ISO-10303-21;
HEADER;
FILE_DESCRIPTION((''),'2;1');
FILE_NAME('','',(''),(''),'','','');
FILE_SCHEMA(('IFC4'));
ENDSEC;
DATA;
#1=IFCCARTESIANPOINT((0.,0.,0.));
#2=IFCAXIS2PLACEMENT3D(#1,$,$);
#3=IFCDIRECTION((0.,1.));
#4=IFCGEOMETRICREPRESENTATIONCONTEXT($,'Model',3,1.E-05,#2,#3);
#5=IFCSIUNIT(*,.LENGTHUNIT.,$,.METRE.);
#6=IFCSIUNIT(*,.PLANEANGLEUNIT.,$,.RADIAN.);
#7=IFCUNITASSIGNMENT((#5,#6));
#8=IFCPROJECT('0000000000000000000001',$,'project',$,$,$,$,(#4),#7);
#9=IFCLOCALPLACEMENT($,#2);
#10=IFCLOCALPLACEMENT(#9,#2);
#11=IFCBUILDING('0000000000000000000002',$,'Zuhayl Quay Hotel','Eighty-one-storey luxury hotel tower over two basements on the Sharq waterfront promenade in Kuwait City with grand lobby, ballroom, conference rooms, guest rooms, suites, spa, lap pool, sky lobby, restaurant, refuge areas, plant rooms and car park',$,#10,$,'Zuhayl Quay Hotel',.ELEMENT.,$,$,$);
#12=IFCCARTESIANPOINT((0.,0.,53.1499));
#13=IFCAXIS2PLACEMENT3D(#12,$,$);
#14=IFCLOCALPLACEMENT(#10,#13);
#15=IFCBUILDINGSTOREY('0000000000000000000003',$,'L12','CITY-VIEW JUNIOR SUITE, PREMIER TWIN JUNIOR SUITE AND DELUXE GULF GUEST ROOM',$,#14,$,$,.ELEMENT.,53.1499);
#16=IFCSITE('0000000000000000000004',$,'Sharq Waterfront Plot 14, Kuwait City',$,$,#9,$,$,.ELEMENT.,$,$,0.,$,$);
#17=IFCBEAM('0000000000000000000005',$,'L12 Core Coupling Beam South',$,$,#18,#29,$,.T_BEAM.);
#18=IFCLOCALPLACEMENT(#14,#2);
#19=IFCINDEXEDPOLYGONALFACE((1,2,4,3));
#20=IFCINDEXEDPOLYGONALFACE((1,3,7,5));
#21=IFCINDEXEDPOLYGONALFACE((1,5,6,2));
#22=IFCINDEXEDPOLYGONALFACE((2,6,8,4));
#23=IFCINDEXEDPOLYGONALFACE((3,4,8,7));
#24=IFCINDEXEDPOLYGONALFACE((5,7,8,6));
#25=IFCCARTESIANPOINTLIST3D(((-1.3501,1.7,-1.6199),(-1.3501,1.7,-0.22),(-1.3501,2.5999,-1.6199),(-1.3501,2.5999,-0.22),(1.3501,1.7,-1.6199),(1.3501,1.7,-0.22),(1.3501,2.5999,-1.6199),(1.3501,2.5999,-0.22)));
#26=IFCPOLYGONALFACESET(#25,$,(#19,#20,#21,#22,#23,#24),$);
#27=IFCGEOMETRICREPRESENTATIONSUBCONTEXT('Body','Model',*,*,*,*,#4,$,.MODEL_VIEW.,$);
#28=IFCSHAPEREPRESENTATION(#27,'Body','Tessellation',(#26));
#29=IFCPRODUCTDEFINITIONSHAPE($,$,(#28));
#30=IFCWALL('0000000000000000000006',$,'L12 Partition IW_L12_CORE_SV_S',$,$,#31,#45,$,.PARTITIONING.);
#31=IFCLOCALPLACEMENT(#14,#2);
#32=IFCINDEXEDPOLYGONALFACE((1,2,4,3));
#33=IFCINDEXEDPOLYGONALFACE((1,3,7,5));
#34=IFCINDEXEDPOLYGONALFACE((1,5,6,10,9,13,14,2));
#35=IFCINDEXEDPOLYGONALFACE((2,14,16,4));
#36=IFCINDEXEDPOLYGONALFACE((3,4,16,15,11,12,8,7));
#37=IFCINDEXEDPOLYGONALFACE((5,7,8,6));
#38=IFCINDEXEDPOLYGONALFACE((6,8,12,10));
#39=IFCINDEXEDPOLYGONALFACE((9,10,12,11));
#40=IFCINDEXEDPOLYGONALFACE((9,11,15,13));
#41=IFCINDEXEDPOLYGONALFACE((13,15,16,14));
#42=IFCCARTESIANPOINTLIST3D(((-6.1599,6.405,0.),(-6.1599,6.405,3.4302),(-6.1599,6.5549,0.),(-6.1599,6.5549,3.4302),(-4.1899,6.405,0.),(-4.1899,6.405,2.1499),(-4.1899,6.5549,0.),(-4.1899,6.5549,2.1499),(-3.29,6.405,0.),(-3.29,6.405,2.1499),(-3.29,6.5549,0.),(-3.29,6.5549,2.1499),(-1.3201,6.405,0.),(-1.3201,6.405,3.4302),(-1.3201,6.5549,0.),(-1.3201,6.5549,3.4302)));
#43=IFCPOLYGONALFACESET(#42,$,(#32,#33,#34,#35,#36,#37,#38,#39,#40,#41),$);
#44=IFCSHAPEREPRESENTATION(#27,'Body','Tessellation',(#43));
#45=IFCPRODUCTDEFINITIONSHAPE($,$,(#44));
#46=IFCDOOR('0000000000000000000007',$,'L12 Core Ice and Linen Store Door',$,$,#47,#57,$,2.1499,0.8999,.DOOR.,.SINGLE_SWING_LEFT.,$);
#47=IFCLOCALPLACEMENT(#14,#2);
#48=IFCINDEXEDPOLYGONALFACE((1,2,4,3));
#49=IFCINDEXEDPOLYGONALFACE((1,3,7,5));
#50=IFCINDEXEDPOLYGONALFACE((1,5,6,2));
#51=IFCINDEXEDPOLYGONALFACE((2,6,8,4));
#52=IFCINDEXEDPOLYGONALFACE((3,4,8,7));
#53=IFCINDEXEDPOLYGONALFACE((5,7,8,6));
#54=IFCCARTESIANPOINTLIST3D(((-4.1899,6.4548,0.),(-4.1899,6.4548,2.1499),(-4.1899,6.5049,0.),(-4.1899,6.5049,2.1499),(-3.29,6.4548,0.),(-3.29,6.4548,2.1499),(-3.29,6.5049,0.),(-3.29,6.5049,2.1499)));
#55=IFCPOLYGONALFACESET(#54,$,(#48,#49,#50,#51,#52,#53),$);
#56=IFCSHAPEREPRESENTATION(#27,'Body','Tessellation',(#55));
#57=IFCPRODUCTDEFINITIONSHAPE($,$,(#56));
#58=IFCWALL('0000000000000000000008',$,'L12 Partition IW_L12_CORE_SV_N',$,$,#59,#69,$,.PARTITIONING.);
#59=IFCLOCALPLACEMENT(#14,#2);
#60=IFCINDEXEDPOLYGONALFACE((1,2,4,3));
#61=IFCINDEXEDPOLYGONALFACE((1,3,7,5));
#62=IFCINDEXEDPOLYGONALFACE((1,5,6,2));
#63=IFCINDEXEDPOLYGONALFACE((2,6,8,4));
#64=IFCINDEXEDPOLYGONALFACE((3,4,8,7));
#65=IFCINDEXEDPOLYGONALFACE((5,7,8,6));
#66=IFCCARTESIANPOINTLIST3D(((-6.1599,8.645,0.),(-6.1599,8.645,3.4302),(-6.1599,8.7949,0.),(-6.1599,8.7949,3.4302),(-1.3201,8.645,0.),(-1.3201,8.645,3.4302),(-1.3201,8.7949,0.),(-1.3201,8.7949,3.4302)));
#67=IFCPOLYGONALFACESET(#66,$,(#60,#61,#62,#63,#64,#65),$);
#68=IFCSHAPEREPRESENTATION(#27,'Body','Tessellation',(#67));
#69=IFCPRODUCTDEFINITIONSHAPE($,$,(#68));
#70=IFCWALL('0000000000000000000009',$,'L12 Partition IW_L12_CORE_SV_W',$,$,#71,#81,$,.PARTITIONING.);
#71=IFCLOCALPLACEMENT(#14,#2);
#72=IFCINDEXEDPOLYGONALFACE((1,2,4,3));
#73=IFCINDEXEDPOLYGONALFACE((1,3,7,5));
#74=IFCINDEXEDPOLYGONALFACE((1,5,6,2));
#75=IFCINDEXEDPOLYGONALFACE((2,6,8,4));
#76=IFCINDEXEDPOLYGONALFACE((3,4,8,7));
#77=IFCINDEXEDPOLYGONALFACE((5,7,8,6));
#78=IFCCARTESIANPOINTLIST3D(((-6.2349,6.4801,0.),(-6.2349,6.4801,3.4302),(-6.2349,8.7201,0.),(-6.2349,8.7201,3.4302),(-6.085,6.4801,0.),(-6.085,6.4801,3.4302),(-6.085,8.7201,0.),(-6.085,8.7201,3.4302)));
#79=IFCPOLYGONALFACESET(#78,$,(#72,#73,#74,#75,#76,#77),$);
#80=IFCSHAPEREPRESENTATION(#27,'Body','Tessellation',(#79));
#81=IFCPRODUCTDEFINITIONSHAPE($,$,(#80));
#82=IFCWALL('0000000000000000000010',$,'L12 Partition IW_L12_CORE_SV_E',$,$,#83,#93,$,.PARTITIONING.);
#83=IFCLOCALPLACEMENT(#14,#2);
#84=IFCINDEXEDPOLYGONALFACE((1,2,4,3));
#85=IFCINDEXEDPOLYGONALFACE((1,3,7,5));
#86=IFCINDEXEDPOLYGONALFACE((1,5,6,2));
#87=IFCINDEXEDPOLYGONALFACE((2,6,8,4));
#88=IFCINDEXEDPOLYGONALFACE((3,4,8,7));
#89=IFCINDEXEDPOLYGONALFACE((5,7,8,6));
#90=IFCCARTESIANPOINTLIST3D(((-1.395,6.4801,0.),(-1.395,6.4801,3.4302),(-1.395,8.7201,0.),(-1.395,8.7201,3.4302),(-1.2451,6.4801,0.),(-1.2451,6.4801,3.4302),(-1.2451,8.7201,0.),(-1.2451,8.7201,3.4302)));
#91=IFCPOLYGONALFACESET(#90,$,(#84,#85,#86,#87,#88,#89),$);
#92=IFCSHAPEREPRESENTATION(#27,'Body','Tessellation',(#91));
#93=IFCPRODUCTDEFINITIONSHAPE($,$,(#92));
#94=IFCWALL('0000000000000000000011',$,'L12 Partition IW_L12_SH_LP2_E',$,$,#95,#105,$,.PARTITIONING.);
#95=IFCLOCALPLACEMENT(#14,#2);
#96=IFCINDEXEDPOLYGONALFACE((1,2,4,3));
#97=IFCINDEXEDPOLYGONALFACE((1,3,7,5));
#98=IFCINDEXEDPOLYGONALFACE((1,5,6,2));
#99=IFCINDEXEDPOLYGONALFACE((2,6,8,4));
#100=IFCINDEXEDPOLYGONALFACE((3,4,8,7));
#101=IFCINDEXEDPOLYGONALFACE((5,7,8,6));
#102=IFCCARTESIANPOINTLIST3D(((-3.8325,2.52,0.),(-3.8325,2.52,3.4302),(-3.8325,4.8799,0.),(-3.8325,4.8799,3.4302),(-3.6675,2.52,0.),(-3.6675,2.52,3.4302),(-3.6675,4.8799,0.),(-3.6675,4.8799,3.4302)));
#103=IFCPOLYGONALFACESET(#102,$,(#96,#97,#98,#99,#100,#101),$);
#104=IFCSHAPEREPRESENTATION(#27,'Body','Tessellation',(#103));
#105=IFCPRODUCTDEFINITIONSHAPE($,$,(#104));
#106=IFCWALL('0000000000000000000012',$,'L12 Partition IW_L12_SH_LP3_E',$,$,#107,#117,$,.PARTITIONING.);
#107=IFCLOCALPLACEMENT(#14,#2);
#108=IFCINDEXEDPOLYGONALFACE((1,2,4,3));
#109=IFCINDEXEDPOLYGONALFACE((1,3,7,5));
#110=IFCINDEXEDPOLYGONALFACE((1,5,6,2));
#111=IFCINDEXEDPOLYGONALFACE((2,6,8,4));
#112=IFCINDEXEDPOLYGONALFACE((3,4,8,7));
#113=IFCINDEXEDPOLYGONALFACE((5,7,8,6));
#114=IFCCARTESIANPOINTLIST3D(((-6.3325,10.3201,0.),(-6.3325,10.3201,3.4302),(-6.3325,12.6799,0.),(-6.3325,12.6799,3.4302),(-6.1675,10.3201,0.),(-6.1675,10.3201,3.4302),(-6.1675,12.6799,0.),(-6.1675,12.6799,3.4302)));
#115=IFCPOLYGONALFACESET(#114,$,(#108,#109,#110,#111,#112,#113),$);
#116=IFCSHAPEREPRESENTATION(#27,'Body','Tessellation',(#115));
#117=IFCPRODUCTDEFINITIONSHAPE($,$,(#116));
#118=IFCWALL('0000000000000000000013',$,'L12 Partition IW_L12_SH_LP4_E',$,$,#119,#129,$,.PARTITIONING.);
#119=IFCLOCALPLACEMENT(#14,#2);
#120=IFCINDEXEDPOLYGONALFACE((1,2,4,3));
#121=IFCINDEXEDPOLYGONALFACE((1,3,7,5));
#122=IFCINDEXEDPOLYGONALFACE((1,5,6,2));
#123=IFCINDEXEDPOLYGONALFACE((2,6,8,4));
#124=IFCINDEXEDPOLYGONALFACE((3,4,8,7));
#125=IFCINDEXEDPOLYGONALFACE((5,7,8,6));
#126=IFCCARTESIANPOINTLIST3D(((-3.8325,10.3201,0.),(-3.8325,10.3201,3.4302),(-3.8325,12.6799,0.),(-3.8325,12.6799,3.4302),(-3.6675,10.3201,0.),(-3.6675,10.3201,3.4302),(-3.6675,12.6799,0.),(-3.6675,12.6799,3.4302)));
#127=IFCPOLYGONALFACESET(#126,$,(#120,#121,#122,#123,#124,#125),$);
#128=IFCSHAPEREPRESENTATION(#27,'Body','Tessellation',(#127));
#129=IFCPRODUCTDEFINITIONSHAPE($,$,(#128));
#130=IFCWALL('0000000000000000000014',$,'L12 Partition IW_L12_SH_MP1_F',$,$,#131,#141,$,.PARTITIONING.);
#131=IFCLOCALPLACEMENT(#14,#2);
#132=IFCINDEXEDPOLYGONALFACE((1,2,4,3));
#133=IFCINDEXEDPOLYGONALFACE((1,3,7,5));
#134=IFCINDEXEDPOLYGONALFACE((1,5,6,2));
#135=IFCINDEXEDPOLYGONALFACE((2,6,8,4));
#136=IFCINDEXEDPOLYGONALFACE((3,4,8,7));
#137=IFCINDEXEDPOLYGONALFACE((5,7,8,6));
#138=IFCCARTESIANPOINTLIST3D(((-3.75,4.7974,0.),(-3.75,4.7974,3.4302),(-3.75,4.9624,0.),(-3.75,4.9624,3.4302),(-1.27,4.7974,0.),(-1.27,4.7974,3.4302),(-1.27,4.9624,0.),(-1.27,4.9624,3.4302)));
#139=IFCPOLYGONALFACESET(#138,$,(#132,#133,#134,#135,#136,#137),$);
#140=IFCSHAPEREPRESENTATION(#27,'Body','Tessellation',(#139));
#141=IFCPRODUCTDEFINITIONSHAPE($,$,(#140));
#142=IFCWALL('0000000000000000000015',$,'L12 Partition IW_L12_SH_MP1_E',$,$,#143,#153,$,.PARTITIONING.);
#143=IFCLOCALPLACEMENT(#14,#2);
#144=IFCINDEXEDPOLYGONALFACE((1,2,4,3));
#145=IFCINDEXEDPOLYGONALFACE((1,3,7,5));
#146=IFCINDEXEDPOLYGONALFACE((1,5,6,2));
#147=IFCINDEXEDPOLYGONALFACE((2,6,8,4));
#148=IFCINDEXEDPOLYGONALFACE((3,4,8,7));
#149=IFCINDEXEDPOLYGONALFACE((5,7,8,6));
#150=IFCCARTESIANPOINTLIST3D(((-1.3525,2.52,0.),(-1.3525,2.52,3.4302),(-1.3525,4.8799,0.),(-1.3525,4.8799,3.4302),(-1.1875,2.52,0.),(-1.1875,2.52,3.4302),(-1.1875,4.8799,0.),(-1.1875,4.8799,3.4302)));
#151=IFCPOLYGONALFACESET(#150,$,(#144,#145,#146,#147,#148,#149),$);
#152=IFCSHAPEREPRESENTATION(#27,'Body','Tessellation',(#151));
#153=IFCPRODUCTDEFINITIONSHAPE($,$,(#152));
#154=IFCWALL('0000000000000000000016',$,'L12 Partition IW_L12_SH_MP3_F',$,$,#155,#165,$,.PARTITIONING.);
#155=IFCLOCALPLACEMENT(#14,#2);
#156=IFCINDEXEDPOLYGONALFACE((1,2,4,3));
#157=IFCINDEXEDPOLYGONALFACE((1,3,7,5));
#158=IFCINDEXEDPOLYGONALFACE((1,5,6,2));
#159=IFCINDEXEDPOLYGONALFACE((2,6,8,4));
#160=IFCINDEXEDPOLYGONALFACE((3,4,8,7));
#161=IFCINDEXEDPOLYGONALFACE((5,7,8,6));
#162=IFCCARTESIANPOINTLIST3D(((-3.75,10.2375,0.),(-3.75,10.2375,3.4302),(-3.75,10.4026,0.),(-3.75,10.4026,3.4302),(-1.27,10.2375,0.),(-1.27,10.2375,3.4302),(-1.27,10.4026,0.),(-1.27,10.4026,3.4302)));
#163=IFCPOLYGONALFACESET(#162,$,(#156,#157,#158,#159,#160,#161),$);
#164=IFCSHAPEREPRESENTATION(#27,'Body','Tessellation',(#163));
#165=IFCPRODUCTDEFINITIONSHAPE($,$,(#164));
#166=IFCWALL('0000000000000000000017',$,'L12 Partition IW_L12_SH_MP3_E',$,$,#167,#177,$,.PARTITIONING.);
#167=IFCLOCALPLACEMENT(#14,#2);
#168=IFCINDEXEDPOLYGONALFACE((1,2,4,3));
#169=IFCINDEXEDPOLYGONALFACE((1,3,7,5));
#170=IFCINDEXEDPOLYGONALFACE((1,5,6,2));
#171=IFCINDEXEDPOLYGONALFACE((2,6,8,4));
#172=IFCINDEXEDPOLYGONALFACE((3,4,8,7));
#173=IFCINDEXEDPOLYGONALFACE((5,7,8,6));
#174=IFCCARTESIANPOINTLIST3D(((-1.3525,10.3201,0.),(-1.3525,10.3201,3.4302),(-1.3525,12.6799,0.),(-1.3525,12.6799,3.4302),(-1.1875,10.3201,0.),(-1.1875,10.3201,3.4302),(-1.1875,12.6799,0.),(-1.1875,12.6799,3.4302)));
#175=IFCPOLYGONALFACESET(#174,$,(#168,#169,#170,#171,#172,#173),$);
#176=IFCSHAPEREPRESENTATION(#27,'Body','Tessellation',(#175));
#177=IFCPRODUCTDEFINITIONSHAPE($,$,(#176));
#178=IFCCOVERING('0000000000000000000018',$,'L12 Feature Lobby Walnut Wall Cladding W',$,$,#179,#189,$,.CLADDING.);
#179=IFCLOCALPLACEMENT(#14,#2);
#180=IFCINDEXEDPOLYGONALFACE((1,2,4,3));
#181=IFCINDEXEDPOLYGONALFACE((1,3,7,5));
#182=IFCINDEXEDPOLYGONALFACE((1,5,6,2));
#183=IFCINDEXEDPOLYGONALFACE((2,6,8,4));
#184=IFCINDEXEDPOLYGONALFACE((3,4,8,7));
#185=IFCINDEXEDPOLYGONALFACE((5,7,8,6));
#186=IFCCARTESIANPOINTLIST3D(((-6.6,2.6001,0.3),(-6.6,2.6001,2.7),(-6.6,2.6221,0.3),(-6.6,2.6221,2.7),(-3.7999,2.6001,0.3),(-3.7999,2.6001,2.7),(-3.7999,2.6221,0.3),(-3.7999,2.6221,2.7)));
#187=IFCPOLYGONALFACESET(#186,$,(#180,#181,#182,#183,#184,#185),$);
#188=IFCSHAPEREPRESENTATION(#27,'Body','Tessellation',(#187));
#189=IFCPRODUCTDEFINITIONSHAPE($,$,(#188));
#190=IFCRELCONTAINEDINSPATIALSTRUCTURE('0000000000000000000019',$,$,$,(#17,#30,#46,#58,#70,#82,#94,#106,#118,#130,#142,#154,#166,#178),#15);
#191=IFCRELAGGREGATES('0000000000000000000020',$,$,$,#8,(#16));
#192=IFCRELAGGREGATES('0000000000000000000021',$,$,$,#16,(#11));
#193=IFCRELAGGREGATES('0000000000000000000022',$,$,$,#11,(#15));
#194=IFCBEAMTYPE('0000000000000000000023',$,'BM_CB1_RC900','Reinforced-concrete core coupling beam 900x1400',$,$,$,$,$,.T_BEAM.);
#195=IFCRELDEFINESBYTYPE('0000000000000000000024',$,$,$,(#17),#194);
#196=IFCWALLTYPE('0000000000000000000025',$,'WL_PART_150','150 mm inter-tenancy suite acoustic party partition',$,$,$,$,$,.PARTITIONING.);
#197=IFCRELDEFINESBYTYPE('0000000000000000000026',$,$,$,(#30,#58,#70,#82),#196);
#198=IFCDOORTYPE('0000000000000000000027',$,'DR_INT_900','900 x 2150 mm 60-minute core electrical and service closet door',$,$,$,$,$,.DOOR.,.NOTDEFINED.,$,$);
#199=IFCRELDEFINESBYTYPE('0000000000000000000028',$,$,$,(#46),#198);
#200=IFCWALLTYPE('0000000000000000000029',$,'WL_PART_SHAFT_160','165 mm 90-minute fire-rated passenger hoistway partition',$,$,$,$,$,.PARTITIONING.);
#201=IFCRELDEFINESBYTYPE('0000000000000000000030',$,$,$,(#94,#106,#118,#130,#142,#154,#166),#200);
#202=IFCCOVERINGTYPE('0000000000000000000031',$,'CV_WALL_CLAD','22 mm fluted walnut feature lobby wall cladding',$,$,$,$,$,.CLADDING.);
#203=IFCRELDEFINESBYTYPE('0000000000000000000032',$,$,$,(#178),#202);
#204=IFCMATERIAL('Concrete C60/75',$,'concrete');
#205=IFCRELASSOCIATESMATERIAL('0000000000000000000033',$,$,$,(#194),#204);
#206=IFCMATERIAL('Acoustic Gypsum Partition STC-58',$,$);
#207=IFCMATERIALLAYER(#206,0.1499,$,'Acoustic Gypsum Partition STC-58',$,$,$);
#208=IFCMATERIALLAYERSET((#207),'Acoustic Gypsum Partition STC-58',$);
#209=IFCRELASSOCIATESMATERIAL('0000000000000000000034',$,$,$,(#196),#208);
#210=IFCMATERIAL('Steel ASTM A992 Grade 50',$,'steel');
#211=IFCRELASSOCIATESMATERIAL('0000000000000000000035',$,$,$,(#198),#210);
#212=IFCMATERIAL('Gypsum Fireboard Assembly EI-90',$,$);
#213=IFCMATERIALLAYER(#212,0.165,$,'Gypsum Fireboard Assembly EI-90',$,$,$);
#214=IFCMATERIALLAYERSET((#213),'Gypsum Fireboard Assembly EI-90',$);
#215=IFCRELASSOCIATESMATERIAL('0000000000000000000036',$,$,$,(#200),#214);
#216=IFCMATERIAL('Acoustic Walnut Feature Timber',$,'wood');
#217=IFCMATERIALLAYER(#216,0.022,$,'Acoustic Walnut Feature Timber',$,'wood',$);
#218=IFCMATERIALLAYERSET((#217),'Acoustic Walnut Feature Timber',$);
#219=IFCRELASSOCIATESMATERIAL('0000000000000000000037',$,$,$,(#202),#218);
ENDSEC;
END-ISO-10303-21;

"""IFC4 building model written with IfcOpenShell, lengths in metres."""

from ifc_helpers import new_model, si_unit, direction, frame, frame_2d, origin, origin_2d, place, context, subcontext, project, spatial, rectangle, extrude, material, layer, layer_set, material_profile, profile_set, type_object, element, fill, save


model = new_model("IFC4")

# Units and contexts
model_context = context("Model", 3, precision=1e-05, world=origin(), true_north=direction((0.0, 1.0)))
body_context = subcontext(model_context, "Body", "Model", "MODEL_VIEW")
ifc_project = project(units=[si_unit("LENGTHUNIT", "METRE"), si_unit("PLANEANGLEUNIT", "RADIAN")], contexts=[model_context])

# Site, building, storey
site_placement = place(None, origin())
site = spatial("IfcSite", under=ifc_project, at=site_placement, Name="Sharq Waterfront Plot 14, Kuwait City", CompositionType="ELEMENT", RefElevation=0.0)
building_placement = place(site_placement, origin())
building = spatial("IfcBuilding", under=site, at=building_placement, Name="Zuhayl Quay Hotel", Description="Eighty-one-storey luxury hotel tower over two basements on the Sharq waterfront promenade in Kuwait City with grand lobby, ballroom, conference rooms, guest rooms, suites, spa, lap pool, sky lobby, restaurant, refuge areas, plant rooms and car park", LongName="Zuhayl Quay Hotel", CompositionType="ELEMENT")
storey_placement = place(building_placement, frame((0.0, 0.0, 53.1499)))
storey = spatial("IfcBuildingStorey", under=building, at=storey_placement, Name="L12", Description="CITY-VIEW JUNIOR SUITE, PREMIER TWIN JUNIOR SUITE AND DELUXE GULF GUEST ROOM", CompositionType="ELEMENT", Elevation=53.1499)

# Beam
ifc_material_1 = material(Name="Concrete C60/75", Category="concrete")
ifc_material_profile = material_profile(ifc_material_1, rectangle(XDim=0.8999, YDim=1.3999, at=origin_2d()), Name="RC900X1400")
ifc_profile_set = profile_set([ifc_material_profile], Name="Concrete C60/75")
beam_type = type_object("IfcBeamType", Name="BM_CB1_RC900", Description="Reinforced-concrete core coupling beam 900x1400", PredefinedType="T_BEAM", material=ifc_profile_set)
beam_placement = place(storey_placement, frame((-1.3501, 2.1499, -0.9199), z_axis=(1.0, 0.0, 0.0), x_axis=(0.0, 1.0, 0.0)))
element("IfcBeam", 1, at=beam_placement, inside=storey, type_object=beam_type, Name="L12 Core Coupling Beam South", PredefinedType="T_BEAM", context=body_context, shape_type="SweptSolid", body=[
    extrude(rectangle(XDim=0.8999, YDim=1.3999, at=origin_2d()), origin(), (0.0, 0.0, 1.0), 2.7002),
])

# Wall, opening, door
ifc_material_2 = material(Name="Acoustic Gypsum Partition STC-58")
ifc_layer_1 = layer(ifc_material_2, 0.1499, Name="Acoustic Gypsum Partition STC-58")
ifc_layer_set_1 = layer_set([ifc_layer_1], Name="Acoustic Gypsum Partition STC-58")
wall_type_1 = type_object("IfcWallType", Name="WL_PART_150", Description="150 mm inter-tenancy suite acoustic party partition", PredefinedType="PARTITIONING", material=ifc_layer_set_1)
wall_1_placement = place(storey_placement, frame((-6.1599, 6.48, 0.0), z_axis=(0.0, 0.0, 1.0), x_axis=(1.0, 0.0, 0.0)))
wall_1 = element("IfcWall", 2, at=wall_1_placement, inside=storey, type_object=wall_type_1, Name="L12 Partition IW_L12_CORE_SV_S", PredefinedType="PARTITIONING", context=body_context, shape_type="SweptSolid", body=[
    extrude(rectangle(XDim=4.8398, YDim=0.1499, at=frame_2d((2.4199, 0.0))), origin(), (0.0, 0.0, 1.0), 3.4302),
])
opening_placement = place(wall_1_placement, frame((1.97, 0.0, 0.0)))
opening = element("IfcOpeningElement", 3, at=opening_placement, cuts=wall_1, PredefinedType="OPENING", context=body_context, shape_type="SweptSolid", body=[
    extrude(rectangle(XDim=0.8999, YDim=2.1499, at=frame_2d((0.45, 1.075))), frame((0.0, 0.085, 0.0), z_axis=(0.0, -1.0, 0.0), x_axis=(1.0, 0.0, 0.0)), (0.0, 0.0, 1.0), 0.1699),
])
ifc_material_3 = material(Name="Steel ASTM A992 Grade 50", Category="steel")
door_type = type_object("IfcDoorType", Name="DR_INT_900", Description="900 x 2150 mm 60-minute core electrical and service closet door", OperationType="NOTDEFINED", PredefinedType="DOOR", material=ifc_material_3)
door_placement = place(opening_placement, origin())
door = element("IfcDoor", 4, at=door_placement, inside=storey, type_object=door_type, Name="L12 Core Ice and Linen Store Door", OperationType="SINGLE_SWING_LEFT", OverallHeight=2.1499, OverallWidth=0.8999, PredefinedType="DOOR", context=body_context, shape_type="SweptSolid", body=[
    extrude(rectangle(XDim=0.8999, YDim=2.1499, at=frame_2d((0.45, 1.075))), frame((0.0, 0.0249, 0.0), z_axis=(0.0, -1.0, 0.0), x_axis=(1.0, 0.0, 0.0)), (0.0, 0.0, 1.0), 0.05),
])
fill(opening, door)

# Walls
wall_2_placement = place(storey_placement, frame((-6.1599, 8.72, 0.0), z_axis=(0.0, 0.0, 1.0), x_axis=(1.0, 0.0, 0.0)))
element("IfcWall", 5, at=wall_2_placement, inside=storey, type_object=wall_type_1, Name="L12 Partition IW_L12_CORE_SV_N", PredefinedType="PARTITIONING", context=body_context, shape_type="SweptSolid", body=[
    extrude(rectangle(XDim=4.8398, YDim=0.1499, at=frame_2d((2.4199, 0.0))), origin(), (0.0, 0.0, 1.0), 3.4302),
])
for number, where, z_axis, x_axis, name in (
    (6, (-6.1599, 6.48, 0.0), (0.0, 0.0, 1.0), (0.0, 1.0, 0.0), "L12 Partition IW_L12_CORE_SV_W"),
    (7, (-1.3201, 6.48, 0.0), (0.0, 0.0, 1.0), (0.0, 1.0, 0.0), "L12 Partition IW_L12_CORE_SV_E"),
):
    element("IfcWall", number, at=place(storey_placement, frame(where, z_axis=z_axis, x_axis=x_axis)), inside=storey, type_object=wall_type_1, Name=name, PredefinedType="PARTITIONING", context=body_context, shape_type="SweptSolid", body=[
        extrude(rectangle(XDim=2.24, YDim=0.1499, at=frame_2d((1.1201, 0.0))), origin(), (0.0, 0.0, 1.0), 3.4302),
    ])
ifc_material_4 = material(Name="Gypsum Fireboard Assembly EI-90")
ifc_layer_2 = layer(ifc_material_4, 0.165, Name="Gypsum Fireboard Assembly EI-90")
ifc_layer_set_2 = layer_set([ifc_layer_2], Name="Gypsum Fireboard Assembly EI-90")
wall_type_2 = type_object("IfcWallType", Name="WL_PART_SHAFT_160", Description="165 mm 90-minute fire-rated passenger hoistway partition", PredefinedType="PARTITIONING", material=ifc_layer_set_2)
for number, where, z_axis, x_axis, name in (
    (8, (-3.75, 2.52, 0.0), (0.0, 0.0, 1.0), (0.0, 1.0, 0.0), "L12 Partition IW_L12_SH_LP2_E"),
    (9, (-6.25, 10.3201, 0.0), (0.0, 0.0, 1.0), (0.0, 1.0, 0.0), "L12 Partition IW_L12_SH_LP3_E"),
    (10, (-3.75, 10.3201, 0.0), (0.0, 0.0, 1.0), (0.0, 1.0, 0.0), "L12 Partition IW_L12_SH_LP4_E"),
):
    element("IfcWall", number, at=place(storey_placement, frame(where, z_axis=z_axis, x_axis=x_axis)), inside=storey, type_object=wall_type_2, Name=name, PredefinedType="PARTITIONING", context=body_context, shape_type="SweptSolid", body=[
        extrude(rectangle(XDim=2.3599, YDim=0.165, at=frame_2d((1.1799, 0.0))), origin(), (0.0, 0.0, 1.0), 3.4302),
    ])
wall_3_placement = place(storey_placement, frame((-3.75, 4.8799, 0.0), z_axis=(0.0, 0.0, 1.0), x_axis=(1.0, 0.0, 0.0)))
element("IfcWall", 11, at=wall_3_placement, inside=storey, type_object=wall_type_2, Name="L12 Partition IW_L12_SH_MP1_F", PredefinedType="PARTITIONING", context=body_context, shape_type="SweptSolid", body=[
    extrude(rectangle(XDim=2.48, YDim=0.165, at=frame_2d((1.24, 0.0))), origin(), (0.0, 0.0, 1.0), 3.4302),
])
wall_4_placement = place(storey_placement, frame((-1.27, 2.52, 0.0), z_axis=(0.0, 0.0, 1.0), x_axis=(0.0, 1.0, 0.0)))
element("IfcWall", 12, at=wall_4_placement, inside=storey, type_object=wall_type_2, Name="L12 Partition IW_L12_SH_MP1_E", PredefinedType="PARTITIONING", context=body_context, shape_type="SweptSolid", body=[
    extrude(rectangle(XDim=2.3599, YDim=0.165, at=frame_2d((1.1799, 0.0))), origin(), (0.0, 0.0, 1.0), 3.4302),
])
wall_5_placement = place(storey_placement, frame((-3.75, 10.3201, 0.0), z_axis=(0.0, 0.0, 1.0), x_axis=(1.0, 0.0, 0.0)))
element("IfcWall", 13, at=wall_5_placement, inside=storey, type_object=wall_type_2, Name="L12 Partition IW_L12_SH_MP3_F", PredefinedType="PARTITIONING", context=body_context, shape_type="SweptSolid", body=[
    extrude(rectangle(XDim=2.48, YDim=0.165, at=frame_2d((1.24, 0.0))), origin(), (0.0, 0.0, 1.0), 3.4302),
])
wall_6_placement = place(storey_placement, frame((-1.27, 10.3201, 0.0), z_axis=(0.0, 0.0, 1.0), x_axis=(0.0, 1.0, 0.0)))
element("IfcWall", 14, at=wall_6_placement, inside=storey, type_object=wall_type_2, Name="L12 Partition IW_L12_SH_MP3_E", PredefinedType="PARTITIONING", context=body_context, shape_type="SweptSolid", body=[
    extrude(rectangle(XDim=2.3599, YDim=0.165, at=frame_2d((1.1799, 0.0))), origin(), (0.0, 0.0, 1.0), 3.4302),
])

# Covering
ifc_material_5 = material(Name="Acoustic Walnut Feature Timber", Category="wood")
ifc_layer_3 = layer(ifc_material_5, 0.022, Name="Acoustic Walnut Feature Timber", Category="wood")
ifc_layer_set_3 = layer_set([ifc_layer_3], Name="Acoustic Walnut Feature Timber")
covering_type = type_object("IfcCoveringType", Name="CV_WALL_CLAD", Description="22 mm fluted walnut feature lobby wall cladding", PredefinedType="CLADDING", material=ifc_layer_set_3)
covering_placement = place(storey_placement, frame((-5.2, 2.6111, 0.3), z_axis=(0.0, 0.0, 1.0), x_axis=(1.0, 0.0, 0.0)))
element("IfcCovering", 15, at=covering_placement, inside=storey, type_object=covering_type, Name="L12 Feature Lobby Walnut Wall Cladding W", PredefinedType="CLADDING", context=body_context, shape_type="SweptSolid", body=[
    extrude(rectangle(XDim=2.8, YDim=0.022, at=origin_2d()), origin(), (0.0, 0.0, 1.0), 2.3999),
])

save(model, "model.ifc")
